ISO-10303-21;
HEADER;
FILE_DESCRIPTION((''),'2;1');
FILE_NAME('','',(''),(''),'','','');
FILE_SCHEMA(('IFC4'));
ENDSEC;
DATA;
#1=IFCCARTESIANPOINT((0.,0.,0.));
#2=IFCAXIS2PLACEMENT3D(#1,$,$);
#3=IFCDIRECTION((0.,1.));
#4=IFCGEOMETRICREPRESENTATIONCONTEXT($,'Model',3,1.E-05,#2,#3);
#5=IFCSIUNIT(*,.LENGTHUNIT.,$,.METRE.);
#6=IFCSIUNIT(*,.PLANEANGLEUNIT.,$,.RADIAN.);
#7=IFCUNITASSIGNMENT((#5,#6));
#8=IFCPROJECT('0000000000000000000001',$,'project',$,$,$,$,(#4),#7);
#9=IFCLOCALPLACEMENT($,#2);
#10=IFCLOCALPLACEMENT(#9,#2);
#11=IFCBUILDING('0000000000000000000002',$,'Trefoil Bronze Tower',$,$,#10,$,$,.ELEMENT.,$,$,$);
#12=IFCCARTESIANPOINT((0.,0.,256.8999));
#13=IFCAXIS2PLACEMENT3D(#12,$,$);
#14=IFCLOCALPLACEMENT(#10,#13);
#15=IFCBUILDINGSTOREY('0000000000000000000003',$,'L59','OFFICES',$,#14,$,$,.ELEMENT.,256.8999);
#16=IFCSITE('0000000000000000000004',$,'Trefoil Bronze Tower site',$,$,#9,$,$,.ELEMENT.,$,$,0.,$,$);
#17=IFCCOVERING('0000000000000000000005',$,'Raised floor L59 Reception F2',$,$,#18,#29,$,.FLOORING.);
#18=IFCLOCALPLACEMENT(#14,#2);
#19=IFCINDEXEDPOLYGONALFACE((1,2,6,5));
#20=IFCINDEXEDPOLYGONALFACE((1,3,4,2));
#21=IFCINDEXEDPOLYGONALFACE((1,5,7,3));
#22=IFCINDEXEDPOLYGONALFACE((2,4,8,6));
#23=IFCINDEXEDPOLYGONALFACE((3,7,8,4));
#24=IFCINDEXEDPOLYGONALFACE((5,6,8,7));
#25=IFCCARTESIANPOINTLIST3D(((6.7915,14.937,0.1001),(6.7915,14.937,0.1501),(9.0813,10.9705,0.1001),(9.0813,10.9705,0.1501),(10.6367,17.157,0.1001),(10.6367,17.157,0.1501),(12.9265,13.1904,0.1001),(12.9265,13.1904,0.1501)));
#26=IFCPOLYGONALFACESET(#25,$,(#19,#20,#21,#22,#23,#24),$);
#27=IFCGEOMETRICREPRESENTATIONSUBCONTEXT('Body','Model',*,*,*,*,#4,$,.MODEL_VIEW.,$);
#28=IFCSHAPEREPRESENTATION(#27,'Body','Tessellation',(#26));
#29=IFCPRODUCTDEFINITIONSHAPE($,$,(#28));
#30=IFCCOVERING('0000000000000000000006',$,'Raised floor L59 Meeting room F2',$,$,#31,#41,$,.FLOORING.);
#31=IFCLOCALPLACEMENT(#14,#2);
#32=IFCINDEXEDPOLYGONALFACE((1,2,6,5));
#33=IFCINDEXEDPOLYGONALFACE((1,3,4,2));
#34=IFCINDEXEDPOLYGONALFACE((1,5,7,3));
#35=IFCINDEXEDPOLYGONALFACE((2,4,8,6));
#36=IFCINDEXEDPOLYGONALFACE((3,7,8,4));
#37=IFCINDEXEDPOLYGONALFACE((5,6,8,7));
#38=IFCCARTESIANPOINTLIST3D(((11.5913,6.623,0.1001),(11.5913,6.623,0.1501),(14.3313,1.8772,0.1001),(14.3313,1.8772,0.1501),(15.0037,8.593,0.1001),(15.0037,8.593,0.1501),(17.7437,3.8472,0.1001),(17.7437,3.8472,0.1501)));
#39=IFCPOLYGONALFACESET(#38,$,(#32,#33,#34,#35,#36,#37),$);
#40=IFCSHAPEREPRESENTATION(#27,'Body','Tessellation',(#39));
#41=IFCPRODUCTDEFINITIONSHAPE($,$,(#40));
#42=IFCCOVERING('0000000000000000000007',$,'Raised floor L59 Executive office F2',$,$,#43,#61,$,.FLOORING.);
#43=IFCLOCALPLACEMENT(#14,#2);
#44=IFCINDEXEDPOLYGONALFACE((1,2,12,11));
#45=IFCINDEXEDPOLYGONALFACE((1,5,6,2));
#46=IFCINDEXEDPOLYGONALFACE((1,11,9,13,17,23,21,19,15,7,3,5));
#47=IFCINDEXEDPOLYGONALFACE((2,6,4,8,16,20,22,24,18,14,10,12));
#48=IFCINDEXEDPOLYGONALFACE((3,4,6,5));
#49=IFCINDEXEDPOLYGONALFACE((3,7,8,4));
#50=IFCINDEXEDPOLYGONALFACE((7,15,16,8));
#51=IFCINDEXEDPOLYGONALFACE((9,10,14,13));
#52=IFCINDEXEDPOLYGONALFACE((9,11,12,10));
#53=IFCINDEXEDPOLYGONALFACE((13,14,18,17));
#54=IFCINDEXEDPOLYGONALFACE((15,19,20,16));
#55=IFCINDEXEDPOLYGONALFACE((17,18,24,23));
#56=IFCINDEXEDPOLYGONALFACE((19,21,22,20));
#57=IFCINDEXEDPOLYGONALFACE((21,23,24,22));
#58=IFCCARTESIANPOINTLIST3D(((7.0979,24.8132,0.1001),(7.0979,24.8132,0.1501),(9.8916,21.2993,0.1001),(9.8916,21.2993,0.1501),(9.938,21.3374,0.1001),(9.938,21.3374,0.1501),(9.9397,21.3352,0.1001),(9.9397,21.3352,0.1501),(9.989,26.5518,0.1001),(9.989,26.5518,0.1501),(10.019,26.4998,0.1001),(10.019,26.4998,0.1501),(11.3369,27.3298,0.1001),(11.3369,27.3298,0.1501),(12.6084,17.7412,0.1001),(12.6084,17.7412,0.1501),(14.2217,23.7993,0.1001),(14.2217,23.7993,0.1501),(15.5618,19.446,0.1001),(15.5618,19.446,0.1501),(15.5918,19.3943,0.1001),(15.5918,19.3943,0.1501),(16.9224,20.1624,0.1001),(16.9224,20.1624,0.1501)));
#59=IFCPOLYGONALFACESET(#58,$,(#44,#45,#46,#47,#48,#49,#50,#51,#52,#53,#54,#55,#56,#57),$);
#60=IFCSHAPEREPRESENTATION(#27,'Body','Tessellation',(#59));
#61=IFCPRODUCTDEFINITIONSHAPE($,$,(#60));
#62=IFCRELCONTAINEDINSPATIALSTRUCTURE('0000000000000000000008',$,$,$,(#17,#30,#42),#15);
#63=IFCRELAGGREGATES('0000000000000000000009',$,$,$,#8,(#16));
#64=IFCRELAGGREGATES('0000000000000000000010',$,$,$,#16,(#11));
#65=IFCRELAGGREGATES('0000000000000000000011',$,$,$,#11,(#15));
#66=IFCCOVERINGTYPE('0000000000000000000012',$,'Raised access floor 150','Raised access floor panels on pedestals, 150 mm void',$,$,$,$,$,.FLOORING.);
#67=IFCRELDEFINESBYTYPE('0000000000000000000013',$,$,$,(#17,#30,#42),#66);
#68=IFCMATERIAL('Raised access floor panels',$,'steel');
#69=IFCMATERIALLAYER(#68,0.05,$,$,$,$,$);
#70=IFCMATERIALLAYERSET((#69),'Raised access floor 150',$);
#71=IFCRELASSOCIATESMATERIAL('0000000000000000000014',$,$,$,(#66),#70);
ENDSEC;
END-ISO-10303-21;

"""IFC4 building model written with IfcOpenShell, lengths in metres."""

from ifc_helpers import new_model, si_unit, direction, frame, origin, place, context, subcontext, project, spatial, polyline, outline, extrude, material, layer, layer_set, type_object, element, save


model = new_model("IFC4")

# Units and contexts
model_context = context("Model", 3, precision=1e-05, world=origin(), true_north=direction((0.0, 1.0)))
body_context = subcontext(model_context, "Body", "Model", "MODEL_VIEW")
ifc_project = project(units=[si_unit("LENGTHUNIT", "METRE"), si_unit("PLANEANGLEUNIT", "RADIAN")], contexts=[model_context])

# Site, building, storey
site_placement = place(None, origin())
site = spatial("IfcSite", under=ifc_project, at=site_placement, Name="Trefoil Bronze Tower site", CompositionType="ELEMENT", RefElevation=0.0)
building_placement = place(site_placement, origin())
building = spatial("IfcBuilding", under=site, at=building_placement, Name="Trefoil Bronze Tower", CompositionType="ELEMENT")
storey_placement = place(building_placement, frame((0.0, 0.0, 256.8999)))
storey = spatial("IfcBuildingStorey", under=building, at=storey_placement, Name="L59", Description="OFFICES", CompositionType="ELEMENT", Elevation=256.8999)

# Coverings
ifc_material_1 = material(Name="Raised access floor panels", Category="steel")
ifc_layer_1 = layer(ifc_material_1, 0.05)
ifc_layer_set_1 = layer_set([ifc_layer_1], Name="Raised access floor 150")
covering_type_1 = type_object("IfcCoveringType", Name="Raised access floor 150", Description="Raised access floor panels on pedestals, 150 mm void", PredefinedType="FLOORING", material=ifc_layer_set_1)
covering_1_placement = place(storey_placement, frame((0.0, 0.0, 0.1001)))
element("IfcCovering", 1, at=covering_1_placement, inside=storey, type_object=covering_type_1, Name="Raised floor L59 Reception F2", PredefinedType="FLOORING", context=body_context, shape_type="SweptSolid", body=[
    extrude(outline(polyline([(6.7915, 14.937), (10.6367, 17.157), (12.9265, 13.1904), (9.0813, 10.9705), (6.7915, 14.937)])), origin(), (0.0, 0.0, 1.0), 0.05),
])
covering_2_placement = place(storey_placement, frame((0.0, 0.0, 0.1001)))
element("IfcCovering", 2, at=covering_2_placement, inside=storey, type_object=covering_type_1, Name="Raised floor L59 Meeting room F2", PredefinedType="FLOORING", context=body_context, shape_type="SweptSolid", body=[
    extrude(outline(polyline([(11.5913, 6.623), (15.0037, 8.593), (17.7437, 3.8472), (14.3313, 1.8772), (11.5913, 6.623)])), origin(), (0.0, 0.0, 1.0), 0.05),
])
covering_3_placement = place(storey_placement, frame((0.0, 0.0, 0.1001)))
element("IfcCovering", 3, at=covering_3_placement, inside=storey, type_object=covering_type_1, Name="Raised floor L59 Executive office F2", PredefinedType="FLOORING", context=body_context, shape_type="SweptSolid", body=[
    extrude(outline(polyline([(16.9224, 20.1624), (15.5918, 19.3943), (15.5618, 19.446), (12.6084, 17.7412), (9.9397, 21.3352), (9.8916, 21.2993), (9.938, 21.3374), (7.0979, 24.8132), (10.019, 26.4998), (9.989, 26.5518), (11.3369, 27.3298), (14.2217, 23.7993), (16.9224, 20.1624)])), origin(), (0.0, 0.0, 1.0), 0.05),
])

save(model, "model.ifc")
